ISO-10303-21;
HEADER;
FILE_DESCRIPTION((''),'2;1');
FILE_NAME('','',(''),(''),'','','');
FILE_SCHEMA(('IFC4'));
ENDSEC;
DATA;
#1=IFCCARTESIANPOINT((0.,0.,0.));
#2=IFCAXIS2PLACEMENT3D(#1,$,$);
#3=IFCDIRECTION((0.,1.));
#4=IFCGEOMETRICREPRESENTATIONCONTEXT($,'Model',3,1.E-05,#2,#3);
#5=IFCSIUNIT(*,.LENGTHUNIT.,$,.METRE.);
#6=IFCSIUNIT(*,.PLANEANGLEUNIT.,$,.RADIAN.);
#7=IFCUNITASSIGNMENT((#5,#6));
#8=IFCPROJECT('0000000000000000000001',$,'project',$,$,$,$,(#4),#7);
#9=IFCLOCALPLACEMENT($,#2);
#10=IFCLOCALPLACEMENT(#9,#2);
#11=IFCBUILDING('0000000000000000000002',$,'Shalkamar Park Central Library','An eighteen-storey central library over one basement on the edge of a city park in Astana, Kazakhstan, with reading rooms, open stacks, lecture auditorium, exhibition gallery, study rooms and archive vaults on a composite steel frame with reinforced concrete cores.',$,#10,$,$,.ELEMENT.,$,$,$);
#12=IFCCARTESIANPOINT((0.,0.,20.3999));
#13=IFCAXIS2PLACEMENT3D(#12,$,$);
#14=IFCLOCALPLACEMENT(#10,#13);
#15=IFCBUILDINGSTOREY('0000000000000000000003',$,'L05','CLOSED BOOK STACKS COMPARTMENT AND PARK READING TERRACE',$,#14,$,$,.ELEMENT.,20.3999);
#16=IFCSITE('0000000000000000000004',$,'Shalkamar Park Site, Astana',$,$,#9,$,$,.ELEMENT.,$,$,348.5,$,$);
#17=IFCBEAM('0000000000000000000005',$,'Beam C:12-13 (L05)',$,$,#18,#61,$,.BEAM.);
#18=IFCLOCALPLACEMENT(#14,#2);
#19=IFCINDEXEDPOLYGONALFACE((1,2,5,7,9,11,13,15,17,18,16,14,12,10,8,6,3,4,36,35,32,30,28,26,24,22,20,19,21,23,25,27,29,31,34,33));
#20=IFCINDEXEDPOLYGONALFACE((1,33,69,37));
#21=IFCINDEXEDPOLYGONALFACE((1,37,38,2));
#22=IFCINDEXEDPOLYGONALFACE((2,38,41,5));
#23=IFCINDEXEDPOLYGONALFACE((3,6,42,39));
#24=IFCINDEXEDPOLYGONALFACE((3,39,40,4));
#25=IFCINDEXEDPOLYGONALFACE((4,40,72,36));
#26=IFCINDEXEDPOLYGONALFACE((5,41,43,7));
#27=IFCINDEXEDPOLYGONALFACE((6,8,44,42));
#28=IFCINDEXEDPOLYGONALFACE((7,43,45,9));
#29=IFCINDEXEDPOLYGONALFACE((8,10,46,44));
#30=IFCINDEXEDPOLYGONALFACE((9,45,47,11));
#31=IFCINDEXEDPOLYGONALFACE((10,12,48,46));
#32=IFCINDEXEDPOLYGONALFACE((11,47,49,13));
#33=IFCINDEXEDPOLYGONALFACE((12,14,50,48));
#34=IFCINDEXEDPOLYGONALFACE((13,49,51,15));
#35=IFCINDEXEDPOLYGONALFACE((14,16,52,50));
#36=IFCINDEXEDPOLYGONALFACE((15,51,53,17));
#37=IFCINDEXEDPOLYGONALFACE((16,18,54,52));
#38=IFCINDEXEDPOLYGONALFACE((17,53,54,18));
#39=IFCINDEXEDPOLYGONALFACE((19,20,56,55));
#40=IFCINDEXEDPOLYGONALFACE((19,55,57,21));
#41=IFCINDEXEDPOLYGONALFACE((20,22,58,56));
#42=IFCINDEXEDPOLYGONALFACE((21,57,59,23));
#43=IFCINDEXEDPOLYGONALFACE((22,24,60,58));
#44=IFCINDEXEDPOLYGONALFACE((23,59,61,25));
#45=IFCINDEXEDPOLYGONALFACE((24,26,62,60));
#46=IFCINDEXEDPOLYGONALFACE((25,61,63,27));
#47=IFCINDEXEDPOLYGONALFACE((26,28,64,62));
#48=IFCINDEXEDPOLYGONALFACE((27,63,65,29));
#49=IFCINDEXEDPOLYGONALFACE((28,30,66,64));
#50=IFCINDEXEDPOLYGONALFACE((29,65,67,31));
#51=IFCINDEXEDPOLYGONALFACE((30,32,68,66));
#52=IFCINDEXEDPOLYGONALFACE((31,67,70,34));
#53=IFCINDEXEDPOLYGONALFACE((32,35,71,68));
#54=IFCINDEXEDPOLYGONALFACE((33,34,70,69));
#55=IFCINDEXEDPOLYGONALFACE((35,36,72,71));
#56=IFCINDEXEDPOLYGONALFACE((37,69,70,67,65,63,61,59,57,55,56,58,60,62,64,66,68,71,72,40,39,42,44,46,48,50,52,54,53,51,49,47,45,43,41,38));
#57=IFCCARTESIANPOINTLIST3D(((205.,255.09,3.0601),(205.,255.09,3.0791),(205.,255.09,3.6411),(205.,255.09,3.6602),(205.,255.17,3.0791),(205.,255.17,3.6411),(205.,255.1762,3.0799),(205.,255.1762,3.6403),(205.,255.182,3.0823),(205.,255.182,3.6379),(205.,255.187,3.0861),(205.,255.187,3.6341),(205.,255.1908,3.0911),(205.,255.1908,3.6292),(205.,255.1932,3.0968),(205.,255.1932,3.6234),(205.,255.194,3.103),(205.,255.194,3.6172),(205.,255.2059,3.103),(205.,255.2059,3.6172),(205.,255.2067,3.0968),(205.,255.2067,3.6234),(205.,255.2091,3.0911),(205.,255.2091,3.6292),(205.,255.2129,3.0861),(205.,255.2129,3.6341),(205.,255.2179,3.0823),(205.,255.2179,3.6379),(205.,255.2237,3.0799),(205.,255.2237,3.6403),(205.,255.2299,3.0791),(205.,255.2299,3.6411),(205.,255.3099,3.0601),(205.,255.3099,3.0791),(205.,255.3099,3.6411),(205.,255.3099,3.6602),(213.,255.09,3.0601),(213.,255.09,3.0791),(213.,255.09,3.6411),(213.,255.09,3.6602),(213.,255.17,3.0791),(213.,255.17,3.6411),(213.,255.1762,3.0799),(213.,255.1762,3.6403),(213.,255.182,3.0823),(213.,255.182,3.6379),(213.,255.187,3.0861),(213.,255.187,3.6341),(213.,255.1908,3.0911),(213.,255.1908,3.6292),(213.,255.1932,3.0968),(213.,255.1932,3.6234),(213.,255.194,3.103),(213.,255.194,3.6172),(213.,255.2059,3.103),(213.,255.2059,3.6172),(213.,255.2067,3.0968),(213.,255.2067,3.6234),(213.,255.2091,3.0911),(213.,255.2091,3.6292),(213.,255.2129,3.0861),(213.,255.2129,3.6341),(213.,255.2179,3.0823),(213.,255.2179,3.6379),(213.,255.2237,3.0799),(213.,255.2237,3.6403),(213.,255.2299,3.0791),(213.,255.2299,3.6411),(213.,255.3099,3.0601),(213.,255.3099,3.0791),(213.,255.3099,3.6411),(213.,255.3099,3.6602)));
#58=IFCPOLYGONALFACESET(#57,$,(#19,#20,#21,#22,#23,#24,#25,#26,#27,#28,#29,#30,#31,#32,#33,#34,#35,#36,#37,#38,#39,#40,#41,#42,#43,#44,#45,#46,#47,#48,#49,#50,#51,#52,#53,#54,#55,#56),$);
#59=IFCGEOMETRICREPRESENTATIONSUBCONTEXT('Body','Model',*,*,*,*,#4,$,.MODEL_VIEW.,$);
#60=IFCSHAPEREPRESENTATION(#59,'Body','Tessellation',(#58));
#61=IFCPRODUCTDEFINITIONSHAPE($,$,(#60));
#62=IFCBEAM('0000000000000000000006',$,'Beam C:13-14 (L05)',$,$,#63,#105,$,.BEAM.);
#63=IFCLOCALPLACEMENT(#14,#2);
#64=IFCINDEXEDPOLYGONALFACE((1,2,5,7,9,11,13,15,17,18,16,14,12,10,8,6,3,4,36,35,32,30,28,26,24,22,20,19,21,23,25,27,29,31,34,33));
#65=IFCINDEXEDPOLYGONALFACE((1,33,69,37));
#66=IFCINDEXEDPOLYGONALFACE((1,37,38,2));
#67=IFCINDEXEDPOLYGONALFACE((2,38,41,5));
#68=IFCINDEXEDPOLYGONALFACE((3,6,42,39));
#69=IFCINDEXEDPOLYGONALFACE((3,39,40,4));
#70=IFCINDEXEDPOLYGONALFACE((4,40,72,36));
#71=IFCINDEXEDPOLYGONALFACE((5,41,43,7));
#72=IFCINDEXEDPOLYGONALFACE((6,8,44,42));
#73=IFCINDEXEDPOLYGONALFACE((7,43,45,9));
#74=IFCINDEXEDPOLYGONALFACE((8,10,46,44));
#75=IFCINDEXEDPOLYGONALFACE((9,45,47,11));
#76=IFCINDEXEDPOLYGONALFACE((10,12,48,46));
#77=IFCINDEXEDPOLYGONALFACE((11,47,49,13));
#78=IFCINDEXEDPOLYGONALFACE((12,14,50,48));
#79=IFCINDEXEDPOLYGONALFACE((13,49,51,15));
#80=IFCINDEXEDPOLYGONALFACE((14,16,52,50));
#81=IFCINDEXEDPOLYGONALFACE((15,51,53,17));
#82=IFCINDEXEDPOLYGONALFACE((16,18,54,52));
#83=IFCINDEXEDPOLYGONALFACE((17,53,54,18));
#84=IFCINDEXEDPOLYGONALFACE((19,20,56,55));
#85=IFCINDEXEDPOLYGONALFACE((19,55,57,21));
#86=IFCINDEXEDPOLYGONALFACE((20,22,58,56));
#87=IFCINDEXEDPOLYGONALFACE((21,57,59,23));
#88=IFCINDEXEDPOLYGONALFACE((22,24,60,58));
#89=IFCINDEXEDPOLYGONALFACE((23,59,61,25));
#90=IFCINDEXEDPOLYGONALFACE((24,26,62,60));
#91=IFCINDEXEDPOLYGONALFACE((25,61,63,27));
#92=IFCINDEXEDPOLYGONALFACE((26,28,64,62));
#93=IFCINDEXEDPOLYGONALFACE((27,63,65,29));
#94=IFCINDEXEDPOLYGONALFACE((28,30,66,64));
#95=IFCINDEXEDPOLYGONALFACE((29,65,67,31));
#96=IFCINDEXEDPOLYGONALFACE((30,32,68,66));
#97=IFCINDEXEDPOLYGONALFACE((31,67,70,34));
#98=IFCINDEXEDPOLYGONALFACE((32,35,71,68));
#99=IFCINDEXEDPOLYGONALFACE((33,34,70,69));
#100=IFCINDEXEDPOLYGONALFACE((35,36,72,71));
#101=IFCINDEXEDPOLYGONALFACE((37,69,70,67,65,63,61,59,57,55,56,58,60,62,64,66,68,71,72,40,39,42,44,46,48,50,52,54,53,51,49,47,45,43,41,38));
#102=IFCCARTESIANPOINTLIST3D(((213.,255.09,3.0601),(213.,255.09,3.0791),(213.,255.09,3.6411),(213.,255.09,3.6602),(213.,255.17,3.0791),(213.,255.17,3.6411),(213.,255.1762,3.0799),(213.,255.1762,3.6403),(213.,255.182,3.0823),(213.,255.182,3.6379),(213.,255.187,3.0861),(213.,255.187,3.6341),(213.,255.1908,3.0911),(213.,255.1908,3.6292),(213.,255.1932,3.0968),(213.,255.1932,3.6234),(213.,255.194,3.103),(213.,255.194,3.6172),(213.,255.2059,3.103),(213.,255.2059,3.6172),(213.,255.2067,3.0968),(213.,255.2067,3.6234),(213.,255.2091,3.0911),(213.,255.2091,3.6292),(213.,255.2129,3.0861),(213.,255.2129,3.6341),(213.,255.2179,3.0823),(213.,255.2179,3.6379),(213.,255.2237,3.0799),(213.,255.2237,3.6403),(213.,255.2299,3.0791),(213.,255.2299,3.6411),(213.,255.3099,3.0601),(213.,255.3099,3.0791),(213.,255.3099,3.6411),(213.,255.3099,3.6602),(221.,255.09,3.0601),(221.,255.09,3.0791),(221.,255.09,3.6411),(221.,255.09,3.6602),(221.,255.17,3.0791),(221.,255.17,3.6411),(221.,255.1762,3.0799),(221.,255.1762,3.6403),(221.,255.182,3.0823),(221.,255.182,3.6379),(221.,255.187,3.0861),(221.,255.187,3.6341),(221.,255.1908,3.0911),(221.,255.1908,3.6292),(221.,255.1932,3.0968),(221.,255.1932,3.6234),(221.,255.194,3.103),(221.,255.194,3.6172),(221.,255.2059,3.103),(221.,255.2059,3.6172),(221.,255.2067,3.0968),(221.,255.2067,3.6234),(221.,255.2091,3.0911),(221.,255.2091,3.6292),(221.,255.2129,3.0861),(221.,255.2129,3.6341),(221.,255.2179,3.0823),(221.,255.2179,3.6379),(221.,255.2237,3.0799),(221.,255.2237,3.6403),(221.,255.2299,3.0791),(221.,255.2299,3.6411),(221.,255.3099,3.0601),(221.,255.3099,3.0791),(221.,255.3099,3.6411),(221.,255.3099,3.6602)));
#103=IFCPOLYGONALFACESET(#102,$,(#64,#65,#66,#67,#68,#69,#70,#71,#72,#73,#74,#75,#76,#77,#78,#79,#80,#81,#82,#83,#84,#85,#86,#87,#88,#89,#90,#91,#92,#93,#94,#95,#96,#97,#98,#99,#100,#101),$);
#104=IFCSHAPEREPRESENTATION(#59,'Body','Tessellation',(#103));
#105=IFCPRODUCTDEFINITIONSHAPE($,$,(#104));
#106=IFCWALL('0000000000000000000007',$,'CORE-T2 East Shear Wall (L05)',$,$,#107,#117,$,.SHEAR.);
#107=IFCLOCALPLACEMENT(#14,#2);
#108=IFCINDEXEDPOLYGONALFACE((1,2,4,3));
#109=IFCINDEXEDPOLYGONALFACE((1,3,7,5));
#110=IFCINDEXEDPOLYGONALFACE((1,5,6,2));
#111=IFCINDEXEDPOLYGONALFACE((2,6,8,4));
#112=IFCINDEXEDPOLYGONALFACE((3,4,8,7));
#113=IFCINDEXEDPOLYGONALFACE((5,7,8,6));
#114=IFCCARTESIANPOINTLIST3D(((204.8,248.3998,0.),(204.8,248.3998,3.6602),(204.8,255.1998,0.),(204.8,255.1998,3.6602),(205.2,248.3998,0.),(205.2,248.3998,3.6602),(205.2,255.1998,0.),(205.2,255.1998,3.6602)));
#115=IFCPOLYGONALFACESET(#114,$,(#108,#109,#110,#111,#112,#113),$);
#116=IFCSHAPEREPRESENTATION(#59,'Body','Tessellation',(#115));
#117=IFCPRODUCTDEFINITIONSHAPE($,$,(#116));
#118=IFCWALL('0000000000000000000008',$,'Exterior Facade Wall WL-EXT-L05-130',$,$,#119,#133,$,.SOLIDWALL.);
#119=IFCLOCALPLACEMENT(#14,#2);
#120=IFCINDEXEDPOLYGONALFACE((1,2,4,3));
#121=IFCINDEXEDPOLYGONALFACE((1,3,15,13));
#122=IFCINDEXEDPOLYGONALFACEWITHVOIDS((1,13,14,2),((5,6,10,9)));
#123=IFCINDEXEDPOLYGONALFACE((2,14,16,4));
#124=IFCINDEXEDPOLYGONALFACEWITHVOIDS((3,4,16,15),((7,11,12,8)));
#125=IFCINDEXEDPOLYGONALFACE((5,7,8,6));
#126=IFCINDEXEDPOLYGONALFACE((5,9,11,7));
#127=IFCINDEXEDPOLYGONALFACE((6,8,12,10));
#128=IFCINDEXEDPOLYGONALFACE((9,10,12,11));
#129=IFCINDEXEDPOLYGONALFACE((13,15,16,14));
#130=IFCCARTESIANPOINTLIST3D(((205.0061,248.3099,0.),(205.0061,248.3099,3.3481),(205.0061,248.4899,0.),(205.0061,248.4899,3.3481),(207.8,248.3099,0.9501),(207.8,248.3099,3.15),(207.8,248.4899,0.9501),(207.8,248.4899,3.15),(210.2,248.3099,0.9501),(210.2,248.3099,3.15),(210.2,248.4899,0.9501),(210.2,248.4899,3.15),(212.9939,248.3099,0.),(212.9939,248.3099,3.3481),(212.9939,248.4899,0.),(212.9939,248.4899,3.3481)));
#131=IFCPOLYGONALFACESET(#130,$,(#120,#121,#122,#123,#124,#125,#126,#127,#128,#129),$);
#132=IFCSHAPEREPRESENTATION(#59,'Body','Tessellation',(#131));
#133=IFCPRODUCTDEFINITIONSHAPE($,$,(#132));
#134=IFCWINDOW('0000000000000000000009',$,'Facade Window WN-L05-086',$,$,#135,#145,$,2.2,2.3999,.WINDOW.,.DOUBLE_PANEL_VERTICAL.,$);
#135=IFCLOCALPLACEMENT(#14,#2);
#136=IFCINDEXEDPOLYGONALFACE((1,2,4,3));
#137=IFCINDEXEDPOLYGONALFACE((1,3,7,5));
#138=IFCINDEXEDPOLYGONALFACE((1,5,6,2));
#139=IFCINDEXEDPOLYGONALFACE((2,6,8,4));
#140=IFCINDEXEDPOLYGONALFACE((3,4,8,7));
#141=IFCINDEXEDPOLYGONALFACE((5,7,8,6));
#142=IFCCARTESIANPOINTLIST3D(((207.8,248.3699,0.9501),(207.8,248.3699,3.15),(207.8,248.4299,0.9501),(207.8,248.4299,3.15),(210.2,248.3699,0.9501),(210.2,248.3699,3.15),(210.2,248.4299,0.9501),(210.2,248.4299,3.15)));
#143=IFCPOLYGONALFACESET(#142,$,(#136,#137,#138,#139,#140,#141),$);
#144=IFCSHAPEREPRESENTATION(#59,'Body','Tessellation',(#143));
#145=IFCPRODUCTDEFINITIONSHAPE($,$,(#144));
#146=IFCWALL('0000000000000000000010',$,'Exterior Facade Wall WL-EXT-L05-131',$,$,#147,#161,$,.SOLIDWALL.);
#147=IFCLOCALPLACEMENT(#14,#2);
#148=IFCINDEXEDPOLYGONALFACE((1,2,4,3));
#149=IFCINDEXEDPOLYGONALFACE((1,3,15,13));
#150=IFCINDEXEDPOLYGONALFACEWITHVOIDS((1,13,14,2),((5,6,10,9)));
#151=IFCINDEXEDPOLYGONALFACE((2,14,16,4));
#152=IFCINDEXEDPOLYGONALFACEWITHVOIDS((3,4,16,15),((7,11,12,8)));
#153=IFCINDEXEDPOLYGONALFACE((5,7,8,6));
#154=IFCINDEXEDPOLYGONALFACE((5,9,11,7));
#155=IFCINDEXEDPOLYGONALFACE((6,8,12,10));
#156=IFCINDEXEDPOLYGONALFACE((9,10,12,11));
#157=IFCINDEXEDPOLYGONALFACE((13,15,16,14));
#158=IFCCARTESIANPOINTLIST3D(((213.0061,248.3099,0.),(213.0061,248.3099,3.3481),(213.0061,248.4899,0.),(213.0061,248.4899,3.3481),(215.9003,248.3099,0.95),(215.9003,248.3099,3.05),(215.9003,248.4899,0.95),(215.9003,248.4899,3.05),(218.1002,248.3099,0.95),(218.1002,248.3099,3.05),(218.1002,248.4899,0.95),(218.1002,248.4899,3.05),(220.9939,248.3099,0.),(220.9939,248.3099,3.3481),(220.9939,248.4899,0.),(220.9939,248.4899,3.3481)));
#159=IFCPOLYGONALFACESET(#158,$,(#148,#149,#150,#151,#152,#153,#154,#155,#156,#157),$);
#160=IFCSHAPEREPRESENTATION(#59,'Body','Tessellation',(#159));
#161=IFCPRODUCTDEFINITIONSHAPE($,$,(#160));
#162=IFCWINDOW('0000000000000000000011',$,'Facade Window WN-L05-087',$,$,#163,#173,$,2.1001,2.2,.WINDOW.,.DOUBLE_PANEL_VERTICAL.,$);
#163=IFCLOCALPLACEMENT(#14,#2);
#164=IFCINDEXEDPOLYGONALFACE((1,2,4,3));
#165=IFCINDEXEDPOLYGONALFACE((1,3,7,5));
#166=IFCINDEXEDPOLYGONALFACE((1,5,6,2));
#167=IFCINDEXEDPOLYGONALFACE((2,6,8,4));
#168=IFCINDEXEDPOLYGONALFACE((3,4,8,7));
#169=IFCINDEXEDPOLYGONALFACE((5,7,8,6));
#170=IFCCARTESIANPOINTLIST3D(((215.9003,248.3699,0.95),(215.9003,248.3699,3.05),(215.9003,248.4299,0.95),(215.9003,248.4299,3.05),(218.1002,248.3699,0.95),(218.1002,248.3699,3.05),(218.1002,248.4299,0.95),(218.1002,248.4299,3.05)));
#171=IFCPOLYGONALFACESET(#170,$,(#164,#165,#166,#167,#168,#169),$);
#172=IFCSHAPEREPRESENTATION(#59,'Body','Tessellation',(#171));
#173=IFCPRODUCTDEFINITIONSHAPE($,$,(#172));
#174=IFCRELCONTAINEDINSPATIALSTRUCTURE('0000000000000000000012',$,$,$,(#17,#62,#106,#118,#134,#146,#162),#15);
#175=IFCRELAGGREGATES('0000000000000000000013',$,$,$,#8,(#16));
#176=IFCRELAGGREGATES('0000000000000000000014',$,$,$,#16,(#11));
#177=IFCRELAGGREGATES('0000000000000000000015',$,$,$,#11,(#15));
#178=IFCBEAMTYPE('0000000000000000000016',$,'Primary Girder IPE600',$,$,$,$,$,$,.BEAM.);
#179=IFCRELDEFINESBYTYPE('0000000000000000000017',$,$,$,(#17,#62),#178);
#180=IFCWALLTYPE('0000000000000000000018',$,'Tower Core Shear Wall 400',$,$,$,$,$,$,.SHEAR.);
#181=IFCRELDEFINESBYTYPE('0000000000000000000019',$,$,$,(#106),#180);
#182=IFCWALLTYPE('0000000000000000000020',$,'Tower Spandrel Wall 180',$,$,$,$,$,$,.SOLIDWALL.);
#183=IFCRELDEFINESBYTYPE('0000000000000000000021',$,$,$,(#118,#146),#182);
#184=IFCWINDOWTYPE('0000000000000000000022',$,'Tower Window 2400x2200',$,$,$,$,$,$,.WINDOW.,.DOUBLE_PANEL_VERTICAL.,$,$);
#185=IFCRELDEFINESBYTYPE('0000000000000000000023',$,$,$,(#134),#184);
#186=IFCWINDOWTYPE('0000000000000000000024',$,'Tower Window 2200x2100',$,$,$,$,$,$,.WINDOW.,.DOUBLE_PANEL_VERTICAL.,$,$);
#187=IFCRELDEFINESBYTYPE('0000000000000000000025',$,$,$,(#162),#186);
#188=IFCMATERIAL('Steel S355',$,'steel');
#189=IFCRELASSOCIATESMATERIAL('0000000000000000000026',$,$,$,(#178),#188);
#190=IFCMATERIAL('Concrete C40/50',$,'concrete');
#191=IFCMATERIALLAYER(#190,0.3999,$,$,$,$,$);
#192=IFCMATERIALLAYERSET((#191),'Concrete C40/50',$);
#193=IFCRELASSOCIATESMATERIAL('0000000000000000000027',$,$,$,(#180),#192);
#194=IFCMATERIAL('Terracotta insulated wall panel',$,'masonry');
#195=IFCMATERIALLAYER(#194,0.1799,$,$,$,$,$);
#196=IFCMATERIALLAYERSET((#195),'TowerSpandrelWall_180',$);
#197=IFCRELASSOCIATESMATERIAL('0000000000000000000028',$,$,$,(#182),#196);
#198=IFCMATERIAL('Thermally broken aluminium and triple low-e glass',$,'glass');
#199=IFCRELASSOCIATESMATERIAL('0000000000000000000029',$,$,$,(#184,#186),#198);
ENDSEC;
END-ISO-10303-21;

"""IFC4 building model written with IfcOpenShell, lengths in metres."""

from ifc_helpers import new_model, si_unit, direction, frame, frame_2d, origin, origin_2d, place, context, subcontext, project, spatial, rectangle, i_section, extrude, material, layer, layer_set, material_profile, profile_set, type_object, element, fill, save


model = new_model("IFC4")

# Units and contexts
model_context = context("Model", 3, precision=1e-05, world=origin(), true_north=direction((0.0, 1.0)))
body_context = subcontext(model_context, "Body", "Model", "MODEL_VIEW")
ifc_project = project(units=[si_unit("LENGTHUNIT", "METRE"), si_unit("PLANEANGLEUNIT", "RADIAN")], contexts=[model_context])

# Site, building, storey
site_placement = place(None, origin())
site = spatial("IfcSite", under=ifc_project, at=site_placement, Name="Shalkamar Park Site, Astana", CompositionType="ELEMENT", RefElevation=348.5)
building_placement = place(site_placement, origin())
building = spatial("IfcBuilding", under=site, at=building_placement, Name="Shalkamar Park Central Library", Description="An eighteen-storey central library over one basement on the edge of a city park in Astana, Kazakhstan, with reading rooms, open stacks, lecture auditorium, exhibition gallery, study rooms and archive vaults on a composite steel frame with reinforced concrete cores.", CompositionType="ELEMENT")
storey_placement = place(building_placement, frame((0.0, 0.0, 20.3999)))
storey = spatial("IfcBuildingStorey", under=building, at=storey_placement, Name="L05", Description="CLOSED BOOK STACKS COMPARTMENT AND PARK READING TERRACE", CompositionType="ELEMENT", Elevation=20.3999)

# Shared definitions
ifc_material_1 = material(Name="Steel S355", Category="steel")

# Beams
ifc_material_profile_1 = material_profile(ifc_material_1, i_section(OverallWidth=0.22, OverallDepth=0.6001, WebThickness=0.012, FlangeThickness=0.019, FilletRadius=0.0239, at=origin_2d()), Name="IPE 600")
ifc_profile_set_1 = profile_set([ifc_material_profile_1], Name="Steel S355")
beam_type_1 = type_object("IfcBeamType", Name="Primary Girder IPE600", PredefinedType="BEAM", material=ifc_profile_set_1)
for number, where, z_axis, x_axis, name in (
    (1, (205.0, 255.2, 3.3601), (1.0, 0.0, 0.0), (0.0, 1.0, 0.0), "Beam C:12-13 (L05)"),
    (2, (213.0, 255.2, 3.3601), (1.0, 0.0, 0.0), (0.0, 1.0, 0.0), "Beam C:13-14 (L05)"),
):
    element("IfcBeam", number, at=place(storey_placement, frame(where, z_axis=z_axis, x_axis=x_axis)), inside=storey, type_object=beam_type_1, Name=name, PredefinedType="BEAM", context=body_context, shape_type="SweptSolid", body=[
        extrude(i_section(OverallWidth=0.22, OverallDepth=0.6001, WebThickness=0.012, FlangeThickness=0.019, FilletRadius=0.0239, at=origin_2d()), origin(), (0.0, 0.0, 1.0), 8.0),
    ])

# Wall
ifc_material_2 = material(Name="Concrete C40/50", Category="concrete")
ifc_layer_1 = layer(ifc_material_2, 0.3999)
ifc_layer_set_1 = layer_set([ifc_layer_1], Name="Concrete C40/50")
wall_type_1 = type_object("IfcWallType", Name="Tower Core Shear Wall 400", PredefinedType="SHEAR", material=ifc_layer_set_1)
wall_1_placement = place(storey_placement, frame((205.0, 248.3999, 0.0), z_axis=(0.0, 0.0, 1.0), x_axis=(0.0, 1.0, 0.0)))
element("IfcWall", 3, at=wall_1_placement, inside=storey, type_object=wall_type_1, Name="CORE-T2 East Shear Wall (L05)", PredefinedType="SHEAR", context=body_context, shape_type="SweptSolid", body=[
    extrude(rectangle(XDim=6.8, YDim=0.3999, at=frame_2d((3.3999, 0.0))), origin(), (0.0, 0.0, 1.0), 3.6602),
])

# Walls, openings, windows
ifc_material_3 = material(Name="Terracotta insulated wall panel", Category="masonry")
ifc_layer_2 = layer(ifc_material_3, 0.1799)
ifc_layer_set_2 = layer_set([ifc_layer_2], Name="TowerSpandrelWall_180")
wall_type_2 = type_object("IfcWallType", Name="Tower Spandrel Wall 180", PredefinedType="SOLIDWALL", material=ifc_layer_set_2)
wall_2_placement = place(storey_placement, frame((205.0061, 248.3999, 0.0), z_axis=(0.0, 0.0, 1.0), x_axis=(1.0, 0.0, 0.0)))
wall_2 = element("IfcWall", 4, at=wall_2_placement, inside=storey, type_object=wall_type_2, Name="Exterior Facade Wall WL-EXT-L05-130", PredefinedType="SOLIDWALL", context=body_context, shape_type="SweptSolid", body=[
    extrude(rectangle(XDim=7.9878, YDim=0.1799, at=frame_2d((3.9939, 0.0))), origin(), (0.0, 0.0, 1.0), 3.3481),
])
opening_1_placement = place(wall_2_placement, frame((2.7939, 0.0, 0.95)))
opening_1 = element("IfcOpeningElement", 5, at=opening_1_placement, cuts=wall_2, PredefinedType="OPENING", context=body_context, shape_type="SweptSolid", body=[
    extrude(rectangle(XDim=2.3999, YDim=2.2, at=frame_2d((1.2, 1.1001))), frame((0.0, 0.105, 0.0), z_axis=(0.0, -1.0, 0.0), x_axis=(1.0, 0.0, 0.0)), (0.0, 0.0, 1.0), 0.2097),
])
ifc_material_4 = material(Name="Thermally broken aluminium and triple low-e glass", Category="glass")
window_type_1 = type_object("IfcWindowType", Name="Tower Window 2400x2200", PartitioningType="DOUBLE_PANEL_VERTICAL", PredefinedType="WINDOW", material=ifc_material_4)
window_1_placement = place(opening_1_placement, origin())
window_1 = element("IfcWindow", 6, at=window_1_placement, inside=storey, type_object=window_type_1, Name="Facade Window WN-L05-086", OverallHeight=2.2, OverallWidth=2.3999, PartitioningType="DOUBLE_PANEL_VERTICAL", PredefinedType="WINDOW", context=body_context, shape_type="SweptSolid", body=[
    extrude(rectangle(XDim=2.3999, YDim=2.2, at=frame_2d((1.2, 1.1001))), frame((0.0, 0.03, 0.0), z_axis=(0.0, -1.0, 0.0), x_axis=(1.0, 0.0, 0.0)), (0.0, 0.0, 1.0), 0.0601),
])
fill(opening_1, window_1)
wall_3_placement = place(storey_placement, frame((213.0061, 248.3999, 0.0), z_axis=(0.0, 0.0, 1.0), x_axis=(1.0, 0.0, 0.0)))
wall_3 = element("IfcWall", 7, at=wall_3_placement, inside=storey, type_object=wall_type_2, Name="Exterior Facade Wall WL-EXT-L05-131", PredefinedType="SOLIDWALL", context=body_context, shape_type="SweptSolid", body=[
    extrude(rectangle(XDim=7.9878, YDim=0.1799, at=frame_2d((3.9939, 0.0))), origin(), (0.0, 0.0, 1.0), 3.3481),
])
opening_2_placement = place(wall_3_placement, frame((2.894, 0.0, 0.95)))
opening_2 = element("IfcOpeningElement", 8, at=opening_2_placement, cuts=wall_3, PredefinedType="OPENING", context=body_context, shape_type="SweptSolid", body=[
    extrude(rectangle(XDim=2.2, YDim=2.1001, at=frame_2d((1.1001, 1.05))), frame((0.0, 0.105, 0.0), z_axis=(0.0, -1.0, 0.0), x_axis=(1.0, 0.0, 0.0)), (0.0, 0.0, 1.0), 0.2097),
])
window_type_2 = type_object("IfcWindowType", Name="Tower Window 2200x2100", PartitioningType="DOUBLE_PANEL_VERTICAL", PredefinedType="WINDOW", material=ifc_material_4)
window_2_placement = place(opening_2_placement, origin())
window_2 = element("IfcWindow", 9, at=window_2_placement, inside=storey, type_object=window_type_2, Name="Facade Window WN-L05-087", OverallHeight=2.1001, OverallWidth=2.2, PartitioningType="DOUBLE_PANEL_VERTICAL", PredefinedType="WINDOW", context=body_context, shape_type="SweptSolid", body=[
    extrude(rectangle(XDim=2.2, YDim=2.1001, at=frame_2d((1.1001, 1.05))), frame((0.0, 0.03, 0.0), z_axis=(0.0, -1.0, 0.0), x_axis=(1.0, 0.0, 0.0)), (0.0, 0.0, 1.0), 0.0601),
])
fill(opening_2, window_2)

save(model, "model.ifc")
